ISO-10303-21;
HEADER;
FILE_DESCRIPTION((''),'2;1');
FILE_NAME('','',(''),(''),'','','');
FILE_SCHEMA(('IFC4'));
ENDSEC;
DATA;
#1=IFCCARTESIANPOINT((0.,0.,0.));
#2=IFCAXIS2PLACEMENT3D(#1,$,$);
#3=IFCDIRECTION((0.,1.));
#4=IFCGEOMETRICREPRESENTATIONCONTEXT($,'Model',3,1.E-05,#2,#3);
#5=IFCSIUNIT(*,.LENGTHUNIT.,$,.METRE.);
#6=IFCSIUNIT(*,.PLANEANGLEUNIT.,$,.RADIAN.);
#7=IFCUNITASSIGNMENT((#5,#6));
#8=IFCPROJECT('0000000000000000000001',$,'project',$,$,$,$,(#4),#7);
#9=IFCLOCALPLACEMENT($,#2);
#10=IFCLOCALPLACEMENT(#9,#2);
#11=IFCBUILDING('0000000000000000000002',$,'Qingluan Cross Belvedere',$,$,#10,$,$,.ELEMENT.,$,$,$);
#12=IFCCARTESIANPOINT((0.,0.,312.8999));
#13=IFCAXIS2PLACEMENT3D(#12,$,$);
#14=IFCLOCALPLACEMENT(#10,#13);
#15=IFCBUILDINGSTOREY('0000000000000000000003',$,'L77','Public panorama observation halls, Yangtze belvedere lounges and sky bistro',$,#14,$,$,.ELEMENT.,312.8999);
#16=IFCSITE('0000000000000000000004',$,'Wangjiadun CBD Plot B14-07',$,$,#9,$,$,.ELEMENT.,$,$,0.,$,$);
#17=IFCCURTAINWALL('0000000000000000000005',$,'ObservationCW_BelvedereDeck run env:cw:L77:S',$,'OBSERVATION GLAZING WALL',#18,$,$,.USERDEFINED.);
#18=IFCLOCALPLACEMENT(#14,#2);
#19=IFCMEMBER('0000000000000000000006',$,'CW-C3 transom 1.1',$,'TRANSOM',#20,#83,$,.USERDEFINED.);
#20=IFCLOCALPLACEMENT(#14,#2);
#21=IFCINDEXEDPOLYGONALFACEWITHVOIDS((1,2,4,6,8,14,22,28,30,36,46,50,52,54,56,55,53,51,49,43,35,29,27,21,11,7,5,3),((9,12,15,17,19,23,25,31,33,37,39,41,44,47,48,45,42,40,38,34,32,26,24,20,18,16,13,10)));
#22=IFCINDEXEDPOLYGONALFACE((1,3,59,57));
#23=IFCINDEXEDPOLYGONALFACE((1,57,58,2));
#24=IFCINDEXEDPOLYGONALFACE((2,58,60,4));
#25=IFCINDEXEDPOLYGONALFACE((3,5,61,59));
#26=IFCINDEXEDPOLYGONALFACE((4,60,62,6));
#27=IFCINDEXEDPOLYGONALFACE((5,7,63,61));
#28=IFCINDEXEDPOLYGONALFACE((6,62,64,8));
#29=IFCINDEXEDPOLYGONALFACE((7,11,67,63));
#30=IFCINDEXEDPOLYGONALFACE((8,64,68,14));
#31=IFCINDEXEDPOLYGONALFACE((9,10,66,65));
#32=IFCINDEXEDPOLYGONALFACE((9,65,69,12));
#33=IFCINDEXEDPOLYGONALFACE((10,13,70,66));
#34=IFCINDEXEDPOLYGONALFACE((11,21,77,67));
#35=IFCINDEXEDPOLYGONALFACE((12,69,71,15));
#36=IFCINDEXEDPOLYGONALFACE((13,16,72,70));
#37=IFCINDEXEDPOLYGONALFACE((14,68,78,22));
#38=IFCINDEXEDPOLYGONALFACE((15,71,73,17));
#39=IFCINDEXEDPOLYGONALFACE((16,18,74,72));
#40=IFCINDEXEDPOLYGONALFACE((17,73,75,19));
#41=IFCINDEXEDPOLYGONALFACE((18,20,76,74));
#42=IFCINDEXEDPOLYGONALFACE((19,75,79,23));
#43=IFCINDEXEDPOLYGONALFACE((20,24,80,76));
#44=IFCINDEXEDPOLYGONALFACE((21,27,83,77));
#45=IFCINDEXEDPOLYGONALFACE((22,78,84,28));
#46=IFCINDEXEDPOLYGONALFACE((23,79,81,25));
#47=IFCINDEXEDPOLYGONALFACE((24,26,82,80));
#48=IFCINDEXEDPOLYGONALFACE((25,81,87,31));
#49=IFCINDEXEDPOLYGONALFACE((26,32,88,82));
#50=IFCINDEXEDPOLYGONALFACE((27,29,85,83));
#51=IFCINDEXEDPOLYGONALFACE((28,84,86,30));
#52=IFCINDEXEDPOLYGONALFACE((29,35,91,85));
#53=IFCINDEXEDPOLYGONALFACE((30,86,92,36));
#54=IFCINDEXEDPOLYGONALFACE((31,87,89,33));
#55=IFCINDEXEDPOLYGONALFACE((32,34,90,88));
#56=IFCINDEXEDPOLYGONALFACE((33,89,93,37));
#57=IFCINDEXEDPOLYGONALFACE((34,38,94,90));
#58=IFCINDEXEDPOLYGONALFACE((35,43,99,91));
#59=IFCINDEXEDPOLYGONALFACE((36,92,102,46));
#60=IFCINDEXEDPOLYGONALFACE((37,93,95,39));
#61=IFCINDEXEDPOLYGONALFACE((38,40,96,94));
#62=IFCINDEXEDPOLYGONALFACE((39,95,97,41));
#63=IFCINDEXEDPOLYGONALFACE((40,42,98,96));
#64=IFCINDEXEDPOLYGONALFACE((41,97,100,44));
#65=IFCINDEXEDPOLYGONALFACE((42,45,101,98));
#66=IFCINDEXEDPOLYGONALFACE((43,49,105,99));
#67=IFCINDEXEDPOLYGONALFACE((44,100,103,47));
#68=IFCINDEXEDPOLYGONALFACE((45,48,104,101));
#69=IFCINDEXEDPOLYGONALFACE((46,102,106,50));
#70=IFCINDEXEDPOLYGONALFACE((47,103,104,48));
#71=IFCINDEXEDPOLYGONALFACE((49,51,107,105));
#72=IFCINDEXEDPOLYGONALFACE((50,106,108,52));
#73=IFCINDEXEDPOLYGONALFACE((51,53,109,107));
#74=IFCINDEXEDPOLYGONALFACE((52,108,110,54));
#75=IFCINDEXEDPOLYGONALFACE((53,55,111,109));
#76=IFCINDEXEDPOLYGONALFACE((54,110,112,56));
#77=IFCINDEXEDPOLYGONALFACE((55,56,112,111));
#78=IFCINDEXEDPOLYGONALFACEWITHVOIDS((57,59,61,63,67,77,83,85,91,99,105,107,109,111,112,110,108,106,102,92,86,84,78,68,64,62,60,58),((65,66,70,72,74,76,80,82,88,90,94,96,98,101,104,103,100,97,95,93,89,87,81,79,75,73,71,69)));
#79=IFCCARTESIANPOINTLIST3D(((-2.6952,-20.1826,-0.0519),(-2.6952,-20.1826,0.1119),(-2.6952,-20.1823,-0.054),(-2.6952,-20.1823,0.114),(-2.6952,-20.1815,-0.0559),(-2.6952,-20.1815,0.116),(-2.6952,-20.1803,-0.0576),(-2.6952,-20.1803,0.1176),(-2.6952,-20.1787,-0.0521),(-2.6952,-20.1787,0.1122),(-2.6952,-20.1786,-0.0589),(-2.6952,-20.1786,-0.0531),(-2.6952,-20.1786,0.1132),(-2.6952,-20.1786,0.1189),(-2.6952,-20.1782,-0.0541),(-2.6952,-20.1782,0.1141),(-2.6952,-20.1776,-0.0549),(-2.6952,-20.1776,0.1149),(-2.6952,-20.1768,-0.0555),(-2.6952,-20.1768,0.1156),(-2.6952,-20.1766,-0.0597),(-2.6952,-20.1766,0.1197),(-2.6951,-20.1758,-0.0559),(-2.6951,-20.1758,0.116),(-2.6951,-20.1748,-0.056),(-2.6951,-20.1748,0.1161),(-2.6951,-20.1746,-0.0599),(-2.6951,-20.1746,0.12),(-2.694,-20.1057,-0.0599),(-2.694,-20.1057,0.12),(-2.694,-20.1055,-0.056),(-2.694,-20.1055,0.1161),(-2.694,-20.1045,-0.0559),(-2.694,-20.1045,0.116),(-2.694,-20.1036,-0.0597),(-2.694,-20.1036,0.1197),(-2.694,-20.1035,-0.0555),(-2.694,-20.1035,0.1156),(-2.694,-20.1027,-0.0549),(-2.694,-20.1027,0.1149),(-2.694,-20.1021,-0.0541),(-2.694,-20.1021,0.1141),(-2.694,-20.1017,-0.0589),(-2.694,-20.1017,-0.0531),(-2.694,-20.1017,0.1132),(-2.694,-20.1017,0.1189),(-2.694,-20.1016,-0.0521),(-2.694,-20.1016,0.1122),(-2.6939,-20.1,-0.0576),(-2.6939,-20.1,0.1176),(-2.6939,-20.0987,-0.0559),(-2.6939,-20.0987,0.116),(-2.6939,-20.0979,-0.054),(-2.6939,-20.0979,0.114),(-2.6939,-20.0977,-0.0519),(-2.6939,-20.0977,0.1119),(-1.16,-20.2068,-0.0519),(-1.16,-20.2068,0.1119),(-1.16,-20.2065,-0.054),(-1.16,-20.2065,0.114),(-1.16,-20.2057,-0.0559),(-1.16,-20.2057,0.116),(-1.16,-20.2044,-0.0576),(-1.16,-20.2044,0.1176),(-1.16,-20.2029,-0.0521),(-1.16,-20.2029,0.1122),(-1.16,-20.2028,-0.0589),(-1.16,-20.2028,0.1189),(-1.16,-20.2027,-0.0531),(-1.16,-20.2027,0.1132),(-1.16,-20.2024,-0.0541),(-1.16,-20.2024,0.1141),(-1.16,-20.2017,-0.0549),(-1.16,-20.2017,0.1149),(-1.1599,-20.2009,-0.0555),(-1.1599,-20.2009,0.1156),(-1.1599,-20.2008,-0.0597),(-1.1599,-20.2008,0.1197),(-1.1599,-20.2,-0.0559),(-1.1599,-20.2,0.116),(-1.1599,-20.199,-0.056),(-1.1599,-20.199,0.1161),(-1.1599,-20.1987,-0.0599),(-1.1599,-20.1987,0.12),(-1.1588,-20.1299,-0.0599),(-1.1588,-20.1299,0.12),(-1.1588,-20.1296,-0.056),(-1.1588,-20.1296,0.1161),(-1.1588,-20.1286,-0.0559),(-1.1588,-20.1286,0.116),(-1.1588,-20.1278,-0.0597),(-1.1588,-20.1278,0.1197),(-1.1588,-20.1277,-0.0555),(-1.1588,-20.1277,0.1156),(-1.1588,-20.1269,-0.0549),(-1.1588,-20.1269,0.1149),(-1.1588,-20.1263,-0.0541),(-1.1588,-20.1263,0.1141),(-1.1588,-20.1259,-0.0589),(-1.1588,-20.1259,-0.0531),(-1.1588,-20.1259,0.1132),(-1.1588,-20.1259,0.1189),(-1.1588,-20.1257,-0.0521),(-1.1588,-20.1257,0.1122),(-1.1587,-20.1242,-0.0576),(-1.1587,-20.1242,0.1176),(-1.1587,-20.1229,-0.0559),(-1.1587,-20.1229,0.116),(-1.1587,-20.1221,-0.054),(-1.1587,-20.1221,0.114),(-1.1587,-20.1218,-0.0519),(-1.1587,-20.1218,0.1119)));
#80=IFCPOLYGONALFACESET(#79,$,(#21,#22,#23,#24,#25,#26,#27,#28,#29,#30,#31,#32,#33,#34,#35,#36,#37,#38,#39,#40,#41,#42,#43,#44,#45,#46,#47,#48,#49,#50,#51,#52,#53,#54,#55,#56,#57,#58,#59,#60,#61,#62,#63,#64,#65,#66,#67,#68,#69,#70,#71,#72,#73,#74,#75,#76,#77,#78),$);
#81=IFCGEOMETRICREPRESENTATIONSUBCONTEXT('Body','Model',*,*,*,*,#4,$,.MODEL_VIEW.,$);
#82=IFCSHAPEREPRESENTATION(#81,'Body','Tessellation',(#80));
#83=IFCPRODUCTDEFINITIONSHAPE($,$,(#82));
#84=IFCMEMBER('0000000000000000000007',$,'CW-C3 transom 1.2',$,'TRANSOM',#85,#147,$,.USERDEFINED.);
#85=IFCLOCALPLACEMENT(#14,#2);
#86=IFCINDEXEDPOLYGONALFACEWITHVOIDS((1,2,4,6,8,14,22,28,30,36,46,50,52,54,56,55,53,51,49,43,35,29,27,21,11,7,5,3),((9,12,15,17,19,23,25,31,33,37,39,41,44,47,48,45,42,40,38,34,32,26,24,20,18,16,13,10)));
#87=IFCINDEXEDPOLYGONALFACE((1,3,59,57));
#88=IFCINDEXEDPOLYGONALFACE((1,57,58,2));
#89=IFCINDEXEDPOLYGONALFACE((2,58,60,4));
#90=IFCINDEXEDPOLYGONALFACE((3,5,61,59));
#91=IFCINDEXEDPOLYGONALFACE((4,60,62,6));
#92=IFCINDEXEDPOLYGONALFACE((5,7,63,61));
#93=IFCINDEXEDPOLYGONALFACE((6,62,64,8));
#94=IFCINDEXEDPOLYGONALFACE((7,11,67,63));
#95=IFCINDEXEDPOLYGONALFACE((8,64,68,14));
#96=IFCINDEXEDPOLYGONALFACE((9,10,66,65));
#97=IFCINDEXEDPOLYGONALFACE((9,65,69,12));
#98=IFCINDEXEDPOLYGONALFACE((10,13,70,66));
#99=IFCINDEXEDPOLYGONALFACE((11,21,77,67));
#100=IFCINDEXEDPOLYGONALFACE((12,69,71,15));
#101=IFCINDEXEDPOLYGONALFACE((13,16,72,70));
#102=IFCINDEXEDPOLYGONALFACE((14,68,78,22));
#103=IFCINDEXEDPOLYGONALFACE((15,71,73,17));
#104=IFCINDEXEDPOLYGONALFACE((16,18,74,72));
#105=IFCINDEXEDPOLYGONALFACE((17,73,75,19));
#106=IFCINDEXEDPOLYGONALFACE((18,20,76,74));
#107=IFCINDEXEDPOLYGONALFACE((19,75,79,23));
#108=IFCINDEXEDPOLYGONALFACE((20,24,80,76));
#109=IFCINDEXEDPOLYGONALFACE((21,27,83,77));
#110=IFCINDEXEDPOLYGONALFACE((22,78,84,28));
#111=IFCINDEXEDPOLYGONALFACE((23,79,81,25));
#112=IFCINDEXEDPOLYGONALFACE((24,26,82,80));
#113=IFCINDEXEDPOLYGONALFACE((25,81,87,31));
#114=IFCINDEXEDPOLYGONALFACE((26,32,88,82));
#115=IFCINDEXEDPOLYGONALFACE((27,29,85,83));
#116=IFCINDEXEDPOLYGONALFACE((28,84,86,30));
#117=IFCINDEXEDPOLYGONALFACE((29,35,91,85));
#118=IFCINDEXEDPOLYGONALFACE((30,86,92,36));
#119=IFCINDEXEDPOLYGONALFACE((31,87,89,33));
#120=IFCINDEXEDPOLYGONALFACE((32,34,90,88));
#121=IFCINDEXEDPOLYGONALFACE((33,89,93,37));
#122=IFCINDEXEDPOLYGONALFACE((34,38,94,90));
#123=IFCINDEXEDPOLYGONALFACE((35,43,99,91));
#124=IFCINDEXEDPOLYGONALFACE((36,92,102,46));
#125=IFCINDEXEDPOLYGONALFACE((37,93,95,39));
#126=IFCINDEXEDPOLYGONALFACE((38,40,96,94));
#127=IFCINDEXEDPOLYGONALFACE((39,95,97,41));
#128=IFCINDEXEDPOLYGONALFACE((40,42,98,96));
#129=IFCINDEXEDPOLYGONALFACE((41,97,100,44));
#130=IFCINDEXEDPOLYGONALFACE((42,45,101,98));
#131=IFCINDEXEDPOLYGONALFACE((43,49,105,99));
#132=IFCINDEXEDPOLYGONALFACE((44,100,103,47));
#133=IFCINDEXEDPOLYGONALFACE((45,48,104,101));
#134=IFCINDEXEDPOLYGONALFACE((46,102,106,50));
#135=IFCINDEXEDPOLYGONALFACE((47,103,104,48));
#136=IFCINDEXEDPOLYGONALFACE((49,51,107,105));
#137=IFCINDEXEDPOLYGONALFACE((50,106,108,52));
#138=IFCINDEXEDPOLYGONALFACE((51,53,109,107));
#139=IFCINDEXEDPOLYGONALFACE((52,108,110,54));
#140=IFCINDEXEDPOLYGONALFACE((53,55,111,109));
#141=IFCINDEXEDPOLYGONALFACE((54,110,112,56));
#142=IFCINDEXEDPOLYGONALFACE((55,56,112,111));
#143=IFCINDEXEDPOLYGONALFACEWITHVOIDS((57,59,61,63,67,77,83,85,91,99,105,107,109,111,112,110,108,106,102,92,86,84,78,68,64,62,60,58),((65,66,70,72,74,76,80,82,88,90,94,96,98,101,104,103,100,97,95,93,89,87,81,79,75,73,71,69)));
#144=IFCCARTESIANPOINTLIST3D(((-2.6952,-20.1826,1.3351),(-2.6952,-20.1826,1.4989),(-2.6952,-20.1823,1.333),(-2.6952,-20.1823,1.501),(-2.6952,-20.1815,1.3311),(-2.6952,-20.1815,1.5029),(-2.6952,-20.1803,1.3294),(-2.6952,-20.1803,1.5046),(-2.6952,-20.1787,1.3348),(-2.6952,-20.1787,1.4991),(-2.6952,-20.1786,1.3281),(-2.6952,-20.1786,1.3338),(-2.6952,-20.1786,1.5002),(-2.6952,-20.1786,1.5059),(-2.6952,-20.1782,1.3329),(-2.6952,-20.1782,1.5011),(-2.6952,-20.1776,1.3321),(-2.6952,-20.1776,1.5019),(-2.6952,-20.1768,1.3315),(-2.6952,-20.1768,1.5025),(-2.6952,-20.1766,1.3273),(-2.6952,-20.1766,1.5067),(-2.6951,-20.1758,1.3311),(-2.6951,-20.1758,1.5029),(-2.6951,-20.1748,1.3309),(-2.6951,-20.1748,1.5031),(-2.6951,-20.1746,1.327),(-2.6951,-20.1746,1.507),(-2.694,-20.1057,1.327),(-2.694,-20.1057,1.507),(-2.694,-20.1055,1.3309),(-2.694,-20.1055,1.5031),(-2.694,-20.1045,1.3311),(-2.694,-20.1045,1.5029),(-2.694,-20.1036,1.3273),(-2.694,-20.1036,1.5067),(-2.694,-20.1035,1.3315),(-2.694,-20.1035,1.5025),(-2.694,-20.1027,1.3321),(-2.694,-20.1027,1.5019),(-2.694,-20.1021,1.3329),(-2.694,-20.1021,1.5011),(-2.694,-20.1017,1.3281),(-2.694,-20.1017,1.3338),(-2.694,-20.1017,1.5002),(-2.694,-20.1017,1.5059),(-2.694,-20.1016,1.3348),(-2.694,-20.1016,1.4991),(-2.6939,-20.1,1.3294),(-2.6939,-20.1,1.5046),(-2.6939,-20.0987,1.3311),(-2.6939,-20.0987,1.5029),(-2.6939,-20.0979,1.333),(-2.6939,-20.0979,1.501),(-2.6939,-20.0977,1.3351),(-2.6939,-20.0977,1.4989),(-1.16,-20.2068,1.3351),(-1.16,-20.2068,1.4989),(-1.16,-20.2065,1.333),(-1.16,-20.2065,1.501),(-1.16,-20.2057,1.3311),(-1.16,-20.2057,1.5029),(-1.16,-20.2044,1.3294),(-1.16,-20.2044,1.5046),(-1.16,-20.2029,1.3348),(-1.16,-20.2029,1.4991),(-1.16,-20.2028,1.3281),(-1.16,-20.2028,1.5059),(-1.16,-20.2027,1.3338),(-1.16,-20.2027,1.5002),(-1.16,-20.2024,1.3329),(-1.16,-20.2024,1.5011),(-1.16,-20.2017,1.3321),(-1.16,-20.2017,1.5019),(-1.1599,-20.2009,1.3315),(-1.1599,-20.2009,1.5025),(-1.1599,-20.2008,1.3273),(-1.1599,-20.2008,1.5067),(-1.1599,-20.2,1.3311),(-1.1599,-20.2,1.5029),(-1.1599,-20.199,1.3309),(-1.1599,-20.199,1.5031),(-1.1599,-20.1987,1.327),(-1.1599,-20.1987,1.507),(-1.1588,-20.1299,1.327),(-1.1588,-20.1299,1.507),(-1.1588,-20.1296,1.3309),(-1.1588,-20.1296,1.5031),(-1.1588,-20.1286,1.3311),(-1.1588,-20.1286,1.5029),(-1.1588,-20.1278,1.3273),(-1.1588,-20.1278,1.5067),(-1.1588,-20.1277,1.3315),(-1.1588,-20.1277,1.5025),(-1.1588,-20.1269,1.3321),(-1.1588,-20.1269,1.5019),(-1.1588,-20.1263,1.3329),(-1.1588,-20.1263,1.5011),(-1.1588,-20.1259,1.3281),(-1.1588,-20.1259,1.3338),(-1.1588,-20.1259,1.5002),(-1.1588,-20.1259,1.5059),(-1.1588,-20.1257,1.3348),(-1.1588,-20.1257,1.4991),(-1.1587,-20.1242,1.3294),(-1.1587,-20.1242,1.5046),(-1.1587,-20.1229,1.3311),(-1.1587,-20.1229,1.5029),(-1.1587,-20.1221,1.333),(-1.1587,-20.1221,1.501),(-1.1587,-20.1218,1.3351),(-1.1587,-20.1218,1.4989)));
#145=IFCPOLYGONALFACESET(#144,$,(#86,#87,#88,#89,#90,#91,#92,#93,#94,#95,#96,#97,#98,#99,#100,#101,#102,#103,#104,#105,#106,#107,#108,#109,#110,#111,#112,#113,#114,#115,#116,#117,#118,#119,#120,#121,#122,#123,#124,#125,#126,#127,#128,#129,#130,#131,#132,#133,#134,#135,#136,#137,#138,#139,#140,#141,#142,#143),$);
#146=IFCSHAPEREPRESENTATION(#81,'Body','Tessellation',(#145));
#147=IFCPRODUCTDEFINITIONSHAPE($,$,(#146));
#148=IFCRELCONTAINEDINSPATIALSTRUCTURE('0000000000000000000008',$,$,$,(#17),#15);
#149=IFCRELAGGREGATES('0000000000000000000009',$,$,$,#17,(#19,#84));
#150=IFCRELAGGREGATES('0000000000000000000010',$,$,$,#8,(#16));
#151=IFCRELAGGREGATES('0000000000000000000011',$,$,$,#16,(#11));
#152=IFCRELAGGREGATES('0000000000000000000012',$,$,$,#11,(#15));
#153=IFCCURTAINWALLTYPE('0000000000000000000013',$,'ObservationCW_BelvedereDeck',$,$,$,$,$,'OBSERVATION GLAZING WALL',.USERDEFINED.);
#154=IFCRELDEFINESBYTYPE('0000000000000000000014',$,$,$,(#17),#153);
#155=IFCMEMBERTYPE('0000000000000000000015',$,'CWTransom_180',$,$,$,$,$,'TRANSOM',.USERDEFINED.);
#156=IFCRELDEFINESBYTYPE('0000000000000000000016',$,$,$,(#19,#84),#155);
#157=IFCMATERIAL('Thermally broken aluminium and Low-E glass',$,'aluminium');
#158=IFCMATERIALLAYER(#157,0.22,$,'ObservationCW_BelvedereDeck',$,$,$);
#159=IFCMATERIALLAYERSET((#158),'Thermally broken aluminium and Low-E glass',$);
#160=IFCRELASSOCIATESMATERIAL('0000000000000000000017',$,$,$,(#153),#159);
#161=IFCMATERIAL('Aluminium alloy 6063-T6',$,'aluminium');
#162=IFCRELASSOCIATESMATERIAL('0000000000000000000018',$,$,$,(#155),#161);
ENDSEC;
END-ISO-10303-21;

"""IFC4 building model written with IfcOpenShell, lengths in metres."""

from ifc_helpers import new_model, si_unit, direction, frame, origin, origin_2d, place, context, subcontext, project, spatial, hollow_rectangle, extrude, material, layer, layer_set, material_profile, profile_set, type_object, element, aggregate, save


model = new_model("IFC4")

# Units and contexts
model_context = context("Model", 3, precision=1e-05, world=origin(), true_north=direction((0.0, 1.0)))
body_context = subcontext(model_context, "Body", "Model", "MODEL_VIEW")
ifc_project = project(units=[si_unit("LENGTHUNIT", "METRE"), si_unit("PLANEANGLEUNIT", "RADIAN")], contexts=[model_context])

# Site, building, storey
site_placement = place(None, origin())
site = spatial("IfcSite", under=ifc_project, at=site_placement, Name="Wangjiadun CBD Plot B14-07", CompositionType="ELEMENT", RefElevation=0.0)
building_placement = place(site_placement, origin())
building = spatial("IfcBuilding", under=site, at=building_placement, Name="Qingluan Cross Belvedere", CompositionType="ELEMENT")
storey_placement = place(building_placement, frame((0.0, 0.0, 312.8999)))
storey = spatial("IfcBuildingStorey", under=building, at=storey_placement, Name="L77", Description="Public panorama observation halls, Yangtze belvedere lounges and sky bistro", CompositionType="ELEMENT", Elevation=312.8999)

# Curtain wall, members
ifc_material_1 = material(Name="Thermally broken aluminium and Low-E glass", Category="aluminium")
ifc_layer_1 = layer(ifc_material_1, 0.22, Name="ObservationCW_BelvedereDeck")
ifc_layer_set_1 = layer_set([ifc_layer_1], Name="Thermally broken aluminium and Low-E glass")
curtain_wall_type = type_object("IfcCurtainWallType", Name="ObservationCW_BelvedereDeck", ElementType="OBSERVATION GLAZING WALL", PredefinedType="USERDEFINED", material=ifc_layer_set_1)
curtain_wall_placement = place(storey_placement, origin())
curtain_wall = element("IfcCurtainWall", 1, at=curtain_wall_placement, inside=storey, type_object=curtain_wall_type, Name="ObservationCW_BelvedereDeck run env:cw:L77:S", ObjectType="OBSERVATION GLAZING WALL", PredefinedType="USERDEFINED")
ifc_material_2 = material(Name="Aluminium alloy 6063-T6", Category="aluminium")
ifc_material_profile_1 = material_profile(ifc_material_2, hollow_rectangle(XDim=0.085, YDim=0.1799, WallThickness=0.0039, InnerFilletRadius=0.0039, OuterFilletRadius=0.0081, at=origin_2d()), Name="CWT180x85x4")
ifc_profile_set_1 = profile_set([ifc_material_profile_1], Name="Aluminium alloy 6063-T6")
member_type_1 = type_object("IfcMemberType", Name="CWTransom_180", ElementType="TRANSOM", PredefinedType="USERDEFINED", material=ifc_profile_set_1)
member_1_placement = place(storey_placement, frame((-2.6946, -20.1401, 0.03), z_axis=(0.999876, -0.015742, 0.0), x_axis=(0.015742, 0.999876, 0.0)))
member_1 = element("IfcMember", 2, at=member_1_placement, type_object=member_type_1, Name="CW-C3 transom 1.1", ObjectType="TRANSOM", PredefinedType="USERDEFINED", context=body_context, shape_type="SweptSolid", body=[
    extrude(hollow_rectangle(XDim=0.085, YDim=0.1799, WallThickness=0.0039, InnerFilletRadius=0.0039, OuterFilletRadius=0.0081, at=origin_2d()), origin(), (0.0, 0.0, 1.0), 1.5354),
])
member_2_placement = place(storey_placement, frame((-2.6946, -20.1401, 1.417), z_axis=(0.999876, -0.015742, 0.0), x_axis=(0.015742, 0.999876, 0.0)))
member_2 = element("IfcMember", 3, at=member_2_placement, type_object=member_type_1, Name="CW-C3 transom 1.2", ObjectType="TRANSOM", PredefinedType="USERDEFINED", context=body_context, shape_type="SweptSolid", body=[
    extrude(hollow_rectangle(XDim=0.085, YDim=0.1799, WallThickness=0.0039, InnerFilletRadius=0.0039, OuterFilletRadius=0.0081, at=origin_2d()), origin(), (0.0, 0.0, 1.0), 1.5354),
])
aggregate(curtain_wall, [member_1, member_2])

save(model, "model.ifc")
